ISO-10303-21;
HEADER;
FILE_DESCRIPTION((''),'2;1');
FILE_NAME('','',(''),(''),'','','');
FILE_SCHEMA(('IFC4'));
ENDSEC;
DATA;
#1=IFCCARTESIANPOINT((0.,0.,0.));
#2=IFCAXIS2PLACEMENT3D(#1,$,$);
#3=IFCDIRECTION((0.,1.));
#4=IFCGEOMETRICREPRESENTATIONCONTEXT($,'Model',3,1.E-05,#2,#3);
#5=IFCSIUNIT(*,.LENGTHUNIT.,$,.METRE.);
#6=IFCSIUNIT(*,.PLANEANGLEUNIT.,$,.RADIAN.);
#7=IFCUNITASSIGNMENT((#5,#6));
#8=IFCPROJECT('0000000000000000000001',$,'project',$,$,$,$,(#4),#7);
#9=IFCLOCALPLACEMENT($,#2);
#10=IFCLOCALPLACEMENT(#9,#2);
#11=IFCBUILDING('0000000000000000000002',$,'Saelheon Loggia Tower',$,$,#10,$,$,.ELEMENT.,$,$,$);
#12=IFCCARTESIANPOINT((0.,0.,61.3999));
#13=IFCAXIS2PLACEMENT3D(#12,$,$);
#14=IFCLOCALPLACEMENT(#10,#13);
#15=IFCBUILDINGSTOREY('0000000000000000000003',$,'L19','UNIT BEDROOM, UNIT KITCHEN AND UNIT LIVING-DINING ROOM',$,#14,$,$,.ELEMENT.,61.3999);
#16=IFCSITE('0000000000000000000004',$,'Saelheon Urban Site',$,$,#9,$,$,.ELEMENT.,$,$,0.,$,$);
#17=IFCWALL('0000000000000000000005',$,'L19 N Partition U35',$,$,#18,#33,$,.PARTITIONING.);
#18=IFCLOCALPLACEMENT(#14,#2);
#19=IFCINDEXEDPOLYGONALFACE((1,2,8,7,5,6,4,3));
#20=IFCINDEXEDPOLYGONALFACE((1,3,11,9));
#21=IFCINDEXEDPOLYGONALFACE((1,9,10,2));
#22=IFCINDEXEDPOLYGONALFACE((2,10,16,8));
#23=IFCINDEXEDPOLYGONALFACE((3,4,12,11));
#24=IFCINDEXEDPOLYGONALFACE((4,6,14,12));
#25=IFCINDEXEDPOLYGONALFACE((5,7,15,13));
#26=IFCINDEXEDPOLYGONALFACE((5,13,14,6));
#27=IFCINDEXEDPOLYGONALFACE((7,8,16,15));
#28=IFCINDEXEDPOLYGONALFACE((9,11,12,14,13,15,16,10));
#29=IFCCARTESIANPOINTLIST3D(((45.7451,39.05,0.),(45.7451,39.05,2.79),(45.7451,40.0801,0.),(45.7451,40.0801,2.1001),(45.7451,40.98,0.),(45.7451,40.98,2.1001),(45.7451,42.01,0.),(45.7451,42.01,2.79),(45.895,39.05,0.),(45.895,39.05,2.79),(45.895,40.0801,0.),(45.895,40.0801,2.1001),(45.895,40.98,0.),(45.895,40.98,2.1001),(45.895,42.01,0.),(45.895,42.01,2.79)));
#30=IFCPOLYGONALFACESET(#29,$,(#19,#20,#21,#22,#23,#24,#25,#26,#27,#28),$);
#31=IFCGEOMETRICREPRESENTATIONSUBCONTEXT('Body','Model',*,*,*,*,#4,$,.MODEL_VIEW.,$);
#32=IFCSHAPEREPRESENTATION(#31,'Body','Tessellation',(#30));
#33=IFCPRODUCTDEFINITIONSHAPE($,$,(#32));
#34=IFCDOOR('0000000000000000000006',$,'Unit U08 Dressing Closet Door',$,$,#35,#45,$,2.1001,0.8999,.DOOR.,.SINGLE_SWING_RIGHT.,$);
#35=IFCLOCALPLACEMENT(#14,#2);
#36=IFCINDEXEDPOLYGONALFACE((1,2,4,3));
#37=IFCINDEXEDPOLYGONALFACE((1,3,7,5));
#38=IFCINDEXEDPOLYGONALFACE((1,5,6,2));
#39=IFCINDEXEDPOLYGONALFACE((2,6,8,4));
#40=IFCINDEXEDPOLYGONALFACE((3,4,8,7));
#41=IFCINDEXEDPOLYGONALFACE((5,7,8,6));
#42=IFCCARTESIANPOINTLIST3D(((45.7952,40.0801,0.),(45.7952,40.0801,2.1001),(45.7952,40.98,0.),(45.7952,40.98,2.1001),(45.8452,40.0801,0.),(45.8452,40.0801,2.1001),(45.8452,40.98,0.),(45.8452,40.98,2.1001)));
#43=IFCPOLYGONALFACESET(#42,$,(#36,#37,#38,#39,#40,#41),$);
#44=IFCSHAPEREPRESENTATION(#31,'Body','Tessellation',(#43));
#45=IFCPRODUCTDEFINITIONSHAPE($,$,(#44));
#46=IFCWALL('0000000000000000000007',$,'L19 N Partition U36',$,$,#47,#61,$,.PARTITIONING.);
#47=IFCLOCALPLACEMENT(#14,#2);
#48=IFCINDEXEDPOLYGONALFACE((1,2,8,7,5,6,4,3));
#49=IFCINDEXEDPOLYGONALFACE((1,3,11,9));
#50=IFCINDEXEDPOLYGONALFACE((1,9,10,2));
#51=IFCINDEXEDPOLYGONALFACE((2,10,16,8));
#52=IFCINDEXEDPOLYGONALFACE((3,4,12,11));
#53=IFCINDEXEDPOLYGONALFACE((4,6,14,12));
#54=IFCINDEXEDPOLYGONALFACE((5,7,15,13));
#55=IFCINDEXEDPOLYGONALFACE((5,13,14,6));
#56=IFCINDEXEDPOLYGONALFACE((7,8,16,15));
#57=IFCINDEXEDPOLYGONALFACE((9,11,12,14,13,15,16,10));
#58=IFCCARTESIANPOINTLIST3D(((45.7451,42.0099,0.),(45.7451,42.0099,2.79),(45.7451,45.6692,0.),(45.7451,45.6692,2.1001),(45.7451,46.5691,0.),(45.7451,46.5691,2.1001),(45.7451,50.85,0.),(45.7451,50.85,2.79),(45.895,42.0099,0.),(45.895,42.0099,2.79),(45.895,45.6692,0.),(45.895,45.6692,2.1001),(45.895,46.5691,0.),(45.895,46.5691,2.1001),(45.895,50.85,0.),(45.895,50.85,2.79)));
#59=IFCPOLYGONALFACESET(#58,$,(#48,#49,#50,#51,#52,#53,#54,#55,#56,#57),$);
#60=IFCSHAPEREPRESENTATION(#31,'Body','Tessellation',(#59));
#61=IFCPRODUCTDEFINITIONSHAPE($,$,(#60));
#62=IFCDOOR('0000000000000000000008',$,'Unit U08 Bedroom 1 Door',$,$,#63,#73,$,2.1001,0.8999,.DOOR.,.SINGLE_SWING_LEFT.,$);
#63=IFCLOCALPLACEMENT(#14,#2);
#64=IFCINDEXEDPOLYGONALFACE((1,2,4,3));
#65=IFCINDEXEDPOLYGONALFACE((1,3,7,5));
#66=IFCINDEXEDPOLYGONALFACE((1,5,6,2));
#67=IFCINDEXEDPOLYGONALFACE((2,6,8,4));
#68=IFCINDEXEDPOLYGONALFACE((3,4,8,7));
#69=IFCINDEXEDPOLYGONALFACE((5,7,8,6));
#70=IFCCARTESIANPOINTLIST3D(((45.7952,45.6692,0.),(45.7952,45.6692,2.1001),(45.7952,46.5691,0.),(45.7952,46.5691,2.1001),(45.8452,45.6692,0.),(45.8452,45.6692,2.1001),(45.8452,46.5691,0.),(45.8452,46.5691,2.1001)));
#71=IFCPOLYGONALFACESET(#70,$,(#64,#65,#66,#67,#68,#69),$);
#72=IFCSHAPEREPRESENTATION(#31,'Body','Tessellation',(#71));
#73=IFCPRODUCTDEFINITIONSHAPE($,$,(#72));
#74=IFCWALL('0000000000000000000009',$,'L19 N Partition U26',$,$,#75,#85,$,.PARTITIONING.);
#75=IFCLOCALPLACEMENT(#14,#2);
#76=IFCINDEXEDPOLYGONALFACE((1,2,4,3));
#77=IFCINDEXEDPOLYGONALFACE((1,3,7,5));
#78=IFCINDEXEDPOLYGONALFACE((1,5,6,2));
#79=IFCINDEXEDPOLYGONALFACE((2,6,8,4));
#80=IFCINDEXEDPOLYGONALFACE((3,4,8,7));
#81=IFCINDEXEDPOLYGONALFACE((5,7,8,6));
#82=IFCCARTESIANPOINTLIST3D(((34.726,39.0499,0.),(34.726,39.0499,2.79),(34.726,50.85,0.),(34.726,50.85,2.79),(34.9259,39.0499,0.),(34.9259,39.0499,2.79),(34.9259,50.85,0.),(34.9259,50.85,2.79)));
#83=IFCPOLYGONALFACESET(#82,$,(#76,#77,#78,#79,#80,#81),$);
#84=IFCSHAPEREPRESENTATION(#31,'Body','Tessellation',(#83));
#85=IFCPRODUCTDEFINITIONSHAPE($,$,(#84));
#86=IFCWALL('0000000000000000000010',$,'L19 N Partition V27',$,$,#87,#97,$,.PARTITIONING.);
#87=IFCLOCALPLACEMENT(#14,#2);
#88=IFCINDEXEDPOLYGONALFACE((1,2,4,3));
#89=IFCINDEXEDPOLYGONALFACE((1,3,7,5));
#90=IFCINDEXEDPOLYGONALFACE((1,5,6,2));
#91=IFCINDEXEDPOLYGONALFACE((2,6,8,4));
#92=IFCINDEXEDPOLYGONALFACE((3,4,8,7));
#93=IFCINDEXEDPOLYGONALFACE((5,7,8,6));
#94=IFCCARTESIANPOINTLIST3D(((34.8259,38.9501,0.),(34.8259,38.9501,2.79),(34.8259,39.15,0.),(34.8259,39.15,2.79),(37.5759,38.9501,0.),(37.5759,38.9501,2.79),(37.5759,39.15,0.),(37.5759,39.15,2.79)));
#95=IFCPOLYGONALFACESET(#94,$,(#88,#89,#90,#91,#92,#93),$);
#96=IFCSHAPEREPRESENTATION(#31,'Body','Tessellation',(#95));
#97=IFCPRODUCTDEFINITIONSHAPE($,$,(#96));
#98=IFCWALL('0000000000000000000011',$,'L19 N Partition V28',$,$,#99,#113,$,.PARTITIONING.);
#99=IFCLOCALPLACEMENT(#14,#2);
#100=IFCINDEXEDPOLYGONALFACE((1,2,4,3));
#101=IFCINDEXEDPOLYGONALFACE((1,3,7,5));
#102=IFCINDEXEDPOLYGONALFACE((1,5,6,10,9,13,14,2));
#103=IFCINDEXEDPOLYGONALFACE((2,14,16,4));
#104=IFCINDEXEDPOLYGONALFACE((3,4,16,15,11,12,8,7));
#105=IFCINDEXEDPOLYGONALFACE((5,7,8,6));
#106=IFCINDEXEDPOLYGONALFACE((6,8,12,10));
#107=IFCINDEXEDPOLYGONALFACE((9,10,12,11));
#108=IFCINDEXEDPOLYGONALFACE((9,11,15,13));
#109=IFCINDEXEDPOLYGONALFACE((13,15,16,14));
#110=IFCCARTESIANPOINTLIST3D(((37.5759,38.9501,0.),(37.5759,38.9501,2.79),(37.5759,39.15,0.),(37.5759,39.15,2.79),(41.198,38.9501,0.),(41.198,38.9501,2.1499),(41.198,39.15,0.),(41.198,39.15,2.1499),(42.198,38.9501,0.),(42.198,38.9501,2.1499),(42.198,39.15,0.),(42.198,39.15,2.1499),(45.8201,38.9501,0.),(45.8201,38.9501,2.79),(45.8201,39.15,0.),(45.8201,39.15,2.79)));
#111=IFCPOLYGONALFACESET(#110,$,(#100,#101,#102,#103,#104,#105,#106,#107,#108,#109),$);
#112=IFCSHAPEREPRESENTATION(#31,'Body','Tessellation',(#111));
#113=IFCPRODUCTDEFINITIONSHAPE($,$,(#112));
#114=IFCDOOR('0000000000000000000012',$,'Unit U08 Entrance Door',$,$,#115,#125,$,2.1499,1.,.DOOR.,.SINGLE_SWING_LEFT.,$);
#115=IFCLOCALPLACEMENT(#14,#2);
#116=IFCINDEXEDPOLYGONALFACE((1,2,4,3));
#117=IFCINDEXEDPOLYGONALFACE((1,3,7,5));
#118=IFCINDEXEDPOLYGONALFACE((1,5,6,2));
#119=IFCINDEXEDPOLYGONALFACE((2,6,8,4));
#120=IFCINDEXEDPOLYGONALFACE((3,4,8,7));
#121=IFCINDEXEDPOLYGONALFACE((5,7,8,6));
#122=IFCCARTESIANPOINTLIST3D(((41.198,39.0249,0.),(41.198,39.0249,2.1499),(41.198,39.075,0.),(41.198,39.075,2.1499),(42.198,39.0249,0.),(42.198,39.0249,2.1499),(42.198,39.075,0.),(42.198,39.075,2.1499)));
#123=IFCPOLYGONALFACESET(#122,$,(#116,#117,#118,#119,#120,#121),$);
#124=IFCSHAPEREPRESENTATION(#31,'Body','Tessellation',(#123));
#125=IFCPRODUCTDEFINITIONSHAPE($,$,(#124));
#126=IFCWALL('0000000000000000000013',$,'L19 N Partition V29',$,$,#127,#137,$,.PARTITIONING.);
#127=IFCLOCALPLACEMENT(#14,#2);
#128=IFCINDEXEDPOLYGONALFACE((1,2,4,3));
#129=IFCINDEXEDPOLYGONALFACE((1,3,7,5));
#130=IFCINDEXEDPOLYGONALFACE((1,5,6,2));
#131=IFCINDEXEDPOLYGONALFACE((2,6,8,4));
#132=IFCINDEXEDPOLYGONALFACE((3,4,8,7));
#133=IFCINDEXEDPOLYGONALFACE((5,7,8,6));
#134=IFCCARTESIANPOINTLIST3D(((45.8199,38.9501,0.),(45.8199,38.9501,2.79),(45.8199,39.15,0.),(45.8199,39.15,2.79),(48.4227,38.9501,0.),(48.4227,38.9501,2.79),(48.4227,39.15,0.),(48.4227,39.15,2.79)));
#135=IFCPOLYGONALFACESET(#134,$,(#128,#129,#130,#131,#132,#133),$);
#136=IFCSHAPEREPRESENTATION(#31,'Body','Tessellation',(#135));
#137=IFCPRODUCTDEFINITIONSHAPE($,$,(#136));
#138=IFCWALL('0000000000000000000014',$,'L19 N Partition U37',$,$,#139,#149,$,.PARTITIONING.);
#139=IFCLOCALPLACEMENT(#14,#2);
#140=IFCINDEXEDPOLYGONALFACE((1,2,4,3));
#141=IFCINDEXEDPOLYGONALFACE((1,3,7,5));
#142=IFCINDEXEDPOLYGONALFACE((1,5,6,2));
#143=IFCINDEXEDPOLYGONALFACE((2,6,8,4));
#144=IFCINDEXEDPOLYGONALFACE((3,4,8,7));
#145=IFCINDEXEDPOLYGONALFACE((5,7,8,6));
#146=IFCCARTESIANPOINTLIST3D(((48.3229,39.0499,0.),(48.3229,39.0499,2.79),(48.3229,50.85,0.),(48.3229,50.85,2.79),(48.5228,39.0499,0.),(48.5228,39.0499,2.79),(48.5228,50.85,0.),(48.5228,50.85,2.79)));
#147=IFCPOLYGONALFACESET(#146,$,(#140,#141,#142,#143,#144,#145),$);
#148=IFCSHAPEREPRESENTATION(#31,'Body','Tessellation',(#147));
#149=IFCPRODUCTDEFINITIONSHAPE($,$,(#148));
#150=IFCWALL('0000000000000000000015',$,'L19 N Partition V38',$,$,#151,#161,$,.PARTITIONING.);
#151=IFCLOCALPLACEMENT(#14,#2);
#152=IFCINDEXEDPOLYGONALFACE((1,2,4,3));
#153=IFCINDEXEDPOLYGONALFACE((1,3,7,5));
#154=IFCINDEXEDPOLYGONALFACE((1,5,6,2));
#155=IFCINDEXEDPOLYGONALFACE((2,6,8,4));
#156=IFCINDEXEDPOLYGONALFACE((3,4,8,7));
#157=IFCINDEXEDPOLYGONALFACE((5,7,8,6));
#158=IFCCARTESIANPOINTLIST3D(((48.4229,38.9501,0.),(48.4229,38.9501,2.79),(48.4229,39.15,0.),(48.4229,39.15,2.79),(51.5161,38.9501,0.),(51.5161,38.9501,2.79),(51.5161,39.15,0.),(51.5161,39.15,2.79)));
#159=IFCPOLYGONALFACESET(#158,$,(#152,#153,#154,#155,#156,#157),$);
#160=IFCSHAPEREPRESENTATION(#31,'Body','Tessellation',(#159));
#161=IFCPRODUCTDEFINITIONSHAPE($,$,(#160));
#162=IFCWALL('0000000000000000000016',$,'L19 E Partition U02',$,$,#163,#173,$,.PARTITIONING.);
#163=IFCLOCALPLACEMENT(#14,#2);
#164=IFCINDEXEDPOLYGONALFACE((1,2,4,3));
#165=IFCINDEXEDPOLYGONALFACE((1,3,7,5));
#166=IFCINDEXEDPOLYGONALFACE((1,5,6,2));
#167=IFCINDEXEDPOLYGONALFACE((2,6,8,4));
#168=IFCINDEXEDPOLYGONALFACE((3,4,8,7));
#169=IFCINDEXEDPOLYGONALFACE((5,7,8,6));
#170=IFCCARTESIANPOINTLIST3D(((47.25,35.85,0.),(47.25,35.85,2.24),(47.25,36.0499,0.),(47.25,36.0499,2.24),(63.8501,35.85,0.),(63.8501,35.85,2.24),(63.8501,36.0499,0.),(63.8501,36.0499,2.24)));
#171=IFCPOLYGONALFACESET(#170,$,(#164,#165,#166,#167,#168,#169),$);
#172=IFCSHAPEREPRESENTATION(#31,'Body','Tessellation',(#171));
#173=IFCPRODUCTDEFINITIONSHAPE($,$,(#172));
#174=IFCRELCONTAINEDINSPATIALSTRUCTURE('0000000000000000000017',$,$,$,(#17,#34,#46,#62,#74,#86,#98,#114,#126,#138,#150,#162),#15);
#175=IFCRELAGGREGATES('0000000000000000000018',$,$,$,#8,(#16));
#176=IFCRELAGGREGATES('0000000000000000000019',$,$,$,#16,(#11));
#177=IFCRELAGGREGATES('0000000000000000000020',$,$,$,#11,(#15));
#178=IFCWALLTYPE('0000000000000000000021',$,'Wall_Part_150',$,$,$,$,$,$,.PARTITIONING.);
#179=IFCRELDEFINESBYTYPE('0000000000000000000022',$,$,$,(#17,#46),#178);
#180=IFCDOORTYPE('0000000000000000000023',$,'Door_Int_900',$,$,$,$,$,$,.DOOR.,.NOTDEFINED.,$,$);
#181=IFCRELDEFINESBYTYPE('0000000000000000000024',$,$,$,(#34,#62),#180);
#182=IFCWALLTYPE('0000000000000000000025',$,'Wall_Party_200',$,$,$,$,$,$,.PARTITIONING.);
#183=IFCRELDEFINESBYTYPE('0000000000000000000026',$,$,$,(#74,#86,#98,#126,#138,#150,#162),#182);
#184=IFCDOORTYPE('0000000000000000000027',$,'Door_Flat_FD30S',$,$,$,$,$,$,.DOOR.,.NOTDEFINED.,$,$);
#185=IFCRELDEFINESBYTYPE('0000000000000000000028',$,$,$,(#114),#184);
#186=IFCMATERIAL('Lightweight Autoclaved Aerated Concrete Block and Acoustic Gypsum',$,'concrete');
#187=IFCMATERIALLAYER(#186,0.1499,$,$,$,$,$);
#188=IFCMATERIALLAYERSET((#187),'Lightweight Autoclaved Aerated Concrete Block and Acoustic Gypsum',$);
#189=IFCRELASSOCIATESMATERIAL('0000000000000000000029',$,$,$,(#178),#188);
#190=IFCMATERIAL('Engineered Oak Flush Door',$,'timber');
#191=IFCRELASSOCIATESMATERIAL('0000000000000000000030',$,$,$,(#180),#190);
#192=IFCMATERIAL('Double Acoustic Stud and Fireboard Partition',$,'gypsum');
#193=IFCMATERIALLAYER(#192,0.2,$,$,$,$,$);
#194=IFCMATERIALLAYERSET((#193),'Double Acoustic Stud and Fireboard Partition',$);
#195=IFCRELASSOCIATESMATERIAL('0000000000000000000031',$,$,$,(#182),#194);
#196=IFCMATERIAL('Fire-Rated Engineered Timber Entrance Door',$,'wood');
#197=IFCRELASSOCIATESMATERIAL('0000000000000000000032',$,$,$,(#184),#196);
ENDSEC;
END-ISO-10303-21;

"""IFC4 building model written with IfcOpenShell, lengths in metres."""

from ifc_helpers import new_model, si_unit, direction, frame, frame_2d, origin, place, context, subcontext, project, spatial, rectangle, extrude, source, transform, mapped, material, layer, layer_set, type_object, element, fill, save


model = new_model("IFC4")

# Units and contexts
model_context = context("Model", 3, precision=1e-05, world=origin(), true_north=direction((0.0, 1.0)))
body_context = subcontext(model_context, "Body", "Model", "MODEL_VIEW")
ifc_project = project(units=[si_unit("LENGTHUNIT", "METRE"), si_unit("PLANEANGLEUNIT", "RADIAN")], contexts=[model_context])

# Site, building, storey
site_placement = place(None, origin())
site = spatial("IfcSite", under=ifc_project, at=site_placement, Name="Saelheon Urban Site", CompositionType="ELEMENT", RefElevation=0.0)
building_placement = place(site_placement, origin())
building = spatial("IfcBuilding", under=site, at=building_placement, Name="Saelheon Loggia Tower", CompositionType="ELEMENT")
storey_placement = place(building_placement, frame((0.0, 0.0, 61.3999)))
storey = spatial("IfcBuildingStorey", under=building, at=storey_placement, Name="L19", Description="UNIT BEDROOM, UNIT KITCHEN AND UNIT LIVING-DINING ROOM", CompositionType="ELEMENT", Elevation=61.3999)

# Shared definitions
ifc_material_1 = material(Name="Lightweight Autoclaved Aerated Concrete Block and Acoustic Gypsum", Category="concrete")
ifc_layer_1 = layer(ifc_material_1, 0.1499)
ifc_layer_set_1 = layer_set([ifc_layer_1], Name="Lightweight Autoclaved Aerated Concrete Block and Acoustic Gypsum")
wall_type_1 = type_object("IfcWallType", Name="Wall_Part_150", PredefinedType="PARTITIONING", material=ifc_layer_set_1)

# Walls, openings, doors
ifc_material_2 = material(Name="Engineered Oak Flush Door", Category="timber")
door_type_1 = type_object("IfcDoorType", Name="Door_Int_900", OperationType="NOTDEFINED", PredefinedType="DOOR", material=ifc_material_2)
shared_shape_1 = source(origin(), body_context, "Body", "SweptSolid", [
    extrude(rectangle(XDim=0.8999, YDim=2.1001, at=frame_2d((0.45, 1.05))), frame((0.0, 0.0249, 0.0), z_axis=(0.0, -1.0, 0.0), x_axis=(1.0, 0.0, 0.0)), (0.0, 0.0, 1.0), 0.05),
])
wall_1_placement = place(storey_placement, frame((45.8201, 39.05, 0.0), z_axis=(0.0, 0.0, 1.0), x_axis=(0.0, 1.0, 0.0)))
wall_1 = element("IfcWall", 1, at=wall_1_placement, inside=storey, type_object=wall_type_1, Name="L19 N Partition U35", PredefinedType="PARTITIONING", context=body_context, shape_type="SweptSolid", body=[
    extrude(rectangle(XDim=2.96, YDim=0.1499, at=frame_2d((1.48, 0.0))), origin(), (0.0, 0.0, 1.0), 2.79),
])
opening_1_placement = place(wall_1_placement, frame((1.03, 0.0, 0.0)))
opening_1 = element("IfcOpeningElement", 2, at=opening_1_placement, cuts=wall_1, PredefinedType="OPENING", context=body_context, shape_type="SweptSolid", body=[
    extrude(rectangle(XDim=0.8999, YDim=2.1001, at=frame_2d((0.45, 1.05))), frame((0.0, 0.0869, 0.0), z_axis=(0.0, -1.0, 0.0), x_axis=(1.0, 0.0, 0.0)), (0.0, 0.0, 1.0), 0.1738),
])
door_1_placement = place(opening_1_placement, origin())
door_1 = element("IfcDoor", 3, at=door_1_placement, inside=storey, type_object=door_type_1, Name="Unit U08 Dressing Closet Door", OperationType="SINGLE_SWING_RIGHT", OverallHeight=2.1001, OverallWidth=0.8999, PredefinedType="DOOR", context=body_context, shape_type="MappedRepresentation", body=[
    mapped(shared_shape_1, transform((0.0, 0.0, 0.0), scale=1.0)),
])
fill(opening_1, door_1)
wall_2_placement = place(storey_placement, frame((45.8201, 42.01, 0.0), z_axis=(0.0, 0.0, 1.0), x_axis=(0.0, 1.0, 0.0)))
wall_2 = element("IfcWall", 4, at=wall_2_placement, inside=storey, type_object=wall_type_1, Name="L19 N Partition U36", PredefinedType="PARTITIONING", context=body_context, shape_type="SweptSolid", body=[
    extrude(rectangle(XDim=8.8401, YDim=0.1499, at=frame_2d((4.4199, 0.0))), origin(), (0.0, 0.0, 1.0), 2.79),
])
opening_2_placement = place(wall_2_placement, frame((3.6592, 0.0, 0.0)))
opening_2 = element("IfcOpeningElement", 5, at=opening_2_placement, cuts=wall_2, PredefinedType="OPENING", context=body_context, shape_type="SweptSolid", body=[
    extrude(rectangle(XDim=0.8999, YDim=2.1001, at=frame_2d((0.45, 1.05))), frame((0.0, 0.0869, 0.0), z_axis=(0.0, -1.0, 0.0), x_axis=(1.0, 0.0, 0.0)), (0.0, 0.0, 1.0), 0.1738),
])
door_2_placement = place(opening_2_placement, origin())
door_2 = element("IfcDoor", 6, at=door_2_placement, inside=storey, type_object=door_type_1, Name="Unit U08 Bedroom 1 Door", OperationType="SINGLE_SWING_LEFT", OverallHeight=2.1001, OverallWidth=0.8999, PredefinedType="DOOR", context=body_context, shape_type="MappedRepresentation", body=[
    mapped(shared_shape_1, transform((0.0, 0.0, 0.0), scale=1.0)),
])
fill(opening_2, door_2)

# Walls
ifc_material_3 = material(Name="Double Acoustic Stud and Fireboard Partition", Category="gypsum")
ifc_layer_2 = layer(ifc_material_3, 0.2)
ifc_layer_set_2 = layer_set([ifc_layer_2], Name="Double Acoustic Stud and Fireboard Partition")
wall_type_2 = type_object("IfcWallType", Name="Wall_Party_200", PredefinedType="PARTITIONING", material=ifc_layer_set_2)
wall_3_placement = place(storey_placement, frame((34.8259, 39.05, 0.0), z_axis=(0.0, 0.0, 1.0), x_axis=(0.0, 1.0, 0.0)))
element("IfcWall", 7, at=wall_3_placement, inside=storey, type_object=wall_type_2, Name="L19 N Partition U26", PredefinedType="PARTITIONING", context=body_context, shape_type="SweptSolid", body=[
    extrude(rectangle(XDim=11.8, YDim=0.2, at=frame_2d((5.8999, 0.0))), origin(), (0.0, 0.0, 1.0), 2.79),
])
wall_4_placement = place(storey_placement, frame((34.8259, 39.05, 0.0), z_axis=(0.0, 0.0, 1.0), x_axis=(1.0, 0.0, 0.0)))
element("IfcWall", 8, at=wall_4_placement, inside=storey, type_object=wall_type_2, Name="L19 N Partition V27", PredefinedType="PARTITIONING", context=body_context, shape_type="SweptSolid", body=[
    extrude(rectangle(XDim=2.75, YDim=0.2, at=frame_2d((1.375, 0.0))), origin(), (0.0, 0.0, 1.0), 2.79),
])

# Wall, opening, door
wall_5_placement = place(storey_placement, frame((37.5759, 39.05, 0.0), z_axis=(0.0, 0.0, 1.0), x_axis=(1.0, 0.0, 0.0)))
wall_5 = element("IfcWall", 9, at=wall_5_placement, inside=storey, type_object=wall_type_2, Name="L19 N Partition V28", PredefinedType="PARTITIONING", context=body_context, shape_type="SweptSolid", body=[
    extrude(rectangle(XDim=8.2441, YDim=0.2, at=frame_2d((4.1221, 0.0))), origin(), (0.0, 0.0, 1.0), 2.79),
])
opening_3_placement = place(wall_5_placement, frame((3.6221, 0.0, 0.0)))
opening_3 = element("IfcOpeningElement", 10, at=opening_3_placement, cuts=wall_5, PredefinedType="OPENING", context=body_context, shape_type="SweptSolid", body=[
    extrude(rectangle(XDim=1.0, YDim=2.1499, at=frame_2d((0.5, 1.075))), frame((0.0, 0.1121, 0.0), z_axis=(0.0, -1.0, 0.0), x_axis=(1.0, 0.0, 0.0)), (0.0, 0.0, 1.0), 0.2239),
])
ifc_material_4 = material(Name="Fire-Rated Engineered Timber Entrance Door", Category="wood")
door_type_2 = type_object("IfcDoorType", Name="Door_Flat_FD30S", OperationType="NOTDEFINED", PredefinedType="DOOR", material=ifc_material_4)
shared_shape_2 = source(origin(), body_context, "Body", "SweptSolid", [
    extrude(rectangle(XDim=1.0, YDim=2.1499, at=frame_2d((0.5, 1.075))), frame((0.0, 0.0249, 0.0), z_axis=(0.0, -1.0, 0.0), x_axis=(1.0, 0.0, 0.0)), (0.0, 0.0, 1.0), 0.05),
])
door_3_placement = place(opening_3_placement, origin())
door_3 = element("IfcDoor", 11, at=door_3_placement, inside=storey, type_object=door_type_2, Name="Unit U08 Entrance Door", OperationType="SINGLE_SWING_LEFT", OverallHeight=2.1499, OverallWidth=1.0, PredefinedType="DOOR", context=body_context, shape_type="MappedRepresentation", body=[
    mapped(shared_shape_2, transform((0.0, 0.0, 0.0), scale=1.0)),
])
fill(opening_3, door_3)

# Walls
wall_6_placement = place(storey_placement, frame((45.8201, 39.05, 0.0), z_axis=(0.0, 0.0, 1.0), x_axis=(1.0, 0.0, 0.0)))
element("IfcWall", 12, at=wall_6_placement, inside=storey, type_object=wall_type_2, Name="L19 N Partition V29", PredefinedType="PARTITIONING", context=body_context, shape_type="SweptSolid", body=[
    extrude(rectangle(XDim=2.6028, YDim=0.2, at=frame_2d((1.3013, 0.0))), origin(), (0.0, 0.0, 1.0), 2.79),
])
wall_7_placement = place(storey_placement, frame((48.4229, 39.05, 0.0), z_axis=(0.0, 0.0, 1.0), x_axis=(0.0, 1.0, 0.0)))
element("IfcWall", 13, at=wall_7_placement, inside=storey, type_object=wall_type_2, Name="L19 N Partition U37", PredefinedType="PARTITIONING", context=body_context, shape_type="SweptSolid", body=[
    extrude(rectangle(XDim=11.8, YDim=0.2, at=frame_2d((5.8999, 0.0))), origin(), (0.0, 0.0, 1.0), 2.79),
])
wall_8_placement = place(storey_placement, frame((48.4229, 39.05, 0.0), z_axis=(0.0, 0.0, 1.0), x_axis=(1.0, 0.0, 0.0)))
element("IfcWall", 14, at=wall_8_placement, inside=storey, type_object=wall_type_2, Name="L19 N Partition V38", PredefinedType="PARTITIONING", context=body_context, shape_type="SweptSolid", body=[
    extrude(rectangle(XDim=3.0933, YDim=0.2, at=frame_2d((1.5466, 0.0))), origin(), (0.0, 0.0, 1.0), 2.79),
])
wall_9_placement = place(storey_placement, frame((47.25, 35.95, 0.0), z_axis=(0.0, 0.0, 1.0), x_axis=(1.0, 0.0, 0.0)))
element("IfcWall", 15, at=wall_9_placement, inside=storey, type_object=wall_type_2, Name="L19 E Partition U02", PredefinedType="PARTITIONING", context=body_context, shape_type="SweptSolid", body=[
    extrude(rectangle(XDim=16.6001, YDim=0.2, at=frame_2d((8.3, 0.0))), origin(), (0.0, 0.0, 1.0), 2.24),
])

save(model, "model.ifc")
